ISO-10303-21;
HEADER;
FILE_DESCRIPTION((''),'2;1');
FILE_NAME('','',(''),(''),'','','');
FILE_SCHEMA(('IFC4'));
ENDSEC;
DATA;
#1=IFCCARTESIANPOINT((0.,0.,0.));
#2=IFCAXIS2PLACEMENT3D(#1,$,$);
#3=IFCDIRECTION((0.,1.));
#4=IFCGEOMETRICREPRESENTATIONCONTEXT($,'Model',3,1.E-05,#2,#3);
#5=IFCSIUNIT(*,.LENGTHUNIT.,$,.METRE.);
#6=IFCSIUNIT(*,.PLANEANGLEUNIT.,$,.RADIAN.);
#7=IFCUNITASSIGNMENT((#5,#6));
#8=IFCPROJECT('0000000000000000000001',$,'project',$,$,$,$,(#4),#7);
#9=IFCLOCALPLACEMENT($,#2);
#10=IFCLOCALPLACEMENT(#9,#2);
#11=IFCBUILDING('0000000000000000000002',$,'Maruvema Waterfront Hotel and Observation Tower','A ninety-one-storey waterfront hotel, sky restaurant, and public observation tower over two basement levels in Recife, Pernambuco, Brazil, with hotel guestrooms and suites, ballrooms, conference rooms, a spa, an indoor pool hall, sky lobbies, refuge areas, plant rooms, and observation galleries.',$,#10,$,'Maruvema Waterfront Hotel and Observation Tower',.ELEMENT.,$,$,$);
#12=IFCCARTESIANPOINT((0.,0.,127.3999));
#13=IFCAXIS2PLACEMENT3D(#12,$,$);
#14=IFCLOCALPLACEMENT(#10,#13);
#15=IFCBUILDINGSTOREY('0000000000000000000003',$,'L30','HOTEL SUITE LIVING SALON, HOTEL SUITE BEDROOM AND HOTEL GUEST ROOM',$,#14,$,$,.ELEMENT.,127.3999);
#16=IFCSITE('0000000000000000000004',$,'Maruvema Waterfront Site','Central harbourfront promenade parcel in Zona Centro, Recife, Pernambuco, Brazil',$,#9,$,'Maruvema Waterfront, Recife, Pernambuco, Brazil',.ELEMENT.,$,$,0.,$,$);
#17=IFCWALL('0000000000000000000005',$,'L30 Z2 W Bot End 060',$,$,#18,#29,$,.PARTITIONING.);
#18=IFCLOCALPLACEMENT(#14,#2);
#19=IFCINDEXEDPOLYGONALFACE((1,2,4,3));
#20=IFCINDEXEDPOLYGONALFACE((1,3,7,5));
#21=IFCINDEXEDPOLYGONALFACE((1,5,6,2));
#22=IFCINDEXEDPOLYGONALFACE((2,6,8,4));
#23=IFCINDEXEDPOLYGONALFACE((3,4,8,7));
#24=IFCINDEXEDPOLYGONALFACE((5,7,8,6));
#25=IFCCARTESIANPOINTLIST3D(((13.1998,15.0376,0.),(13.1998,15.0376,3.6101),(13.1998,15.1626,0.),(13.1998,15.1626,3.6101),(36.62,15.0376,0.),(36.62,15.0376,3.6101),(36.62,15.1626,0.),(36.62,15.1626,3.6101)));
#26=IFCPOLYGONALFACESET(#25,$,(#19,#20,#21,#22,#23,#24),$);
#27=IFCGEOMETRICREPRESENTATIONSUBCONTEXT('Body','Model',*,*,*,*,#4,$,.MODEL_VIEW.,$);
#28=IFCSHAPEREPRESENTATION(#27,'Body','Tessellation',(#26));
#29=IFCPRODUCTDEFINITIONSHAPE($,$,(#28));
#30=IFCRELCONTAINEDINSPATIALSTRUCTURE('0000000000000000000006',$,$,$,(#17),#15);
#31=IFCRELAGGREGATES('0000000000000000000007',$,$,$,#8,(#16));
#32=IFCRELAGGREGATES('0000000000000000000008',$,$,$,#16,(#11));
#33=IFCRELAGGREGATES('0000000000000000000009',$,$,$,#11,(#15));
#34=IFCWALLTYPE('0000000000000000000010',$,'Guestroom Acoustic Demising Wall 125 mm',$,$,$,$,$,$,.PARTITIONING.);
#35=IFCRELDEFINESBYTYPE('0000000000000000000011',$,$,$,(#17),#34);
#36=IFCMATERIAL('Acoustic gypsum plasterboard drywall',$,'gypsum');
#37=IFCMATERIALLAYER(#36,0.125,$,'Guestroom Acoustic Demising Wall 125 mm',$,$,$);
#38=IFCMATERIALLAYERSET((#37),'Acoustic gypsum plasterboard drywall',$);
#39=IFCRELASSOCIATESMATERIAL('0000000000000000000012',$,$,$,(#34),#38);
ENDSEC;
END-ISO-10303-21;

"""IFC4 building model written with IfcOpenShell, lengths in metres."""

from ifc_helpers import new_model, si_unit, direction, frame, frame_2d, origin, place, context, subcontext, project, spatial, rectangle, extrude, material, layer, layer_set, type_object, element, save


model = new_model("IFC4")

# Units and contexts
model_context = context("Model", 3, precision=1e-05, world=origin(), true_north=direction((0.0, 1.0)))
body_context = subcontext(model_context, "Body", "Model", "MODEL_VIEW")
ifc_project = project(units=[si_unit("LENGTHUNIT", "METRE"), si_unit("PLANEANGLEUNIT", "RADIAN")], contexts=[model_context])

# Site, building, storey
site_placement = place(None, origin())
site = spatial("IfcSite", under=ifc_project, at=site_placement, Name="Maruvema Waterfront Site", Description="Central harbourfront promenade parcel in Zona Centro, Recife, Pernambuco, Brazil", LongName="Maruvema Waterfront, Recife, Pernambuco, Brazil", CompositionType="ELEMENT", RefElevation=0.0)
building_placement = place(site_placement, origin())
building = spatial("IfcBuilding", under=site, at=building_placement, Name="Maruvema Waterfront Hotel and Observation Tower", Description="A ninety-one-storey waterfront hotel, sky restaurant, and public observation tower over two basement levels in Recife, Pernambuco, Brazil, with hotel guestrooms and suites, ballrooms, conference rooms, a spa, an indoor pool hall, sky lobbies, refuge areas, plant rooms, and observation galleries.", LongName="Maruvema Waterfront Hotel and Observation Tower", CompositionType="ELEMENT")
storey_placement = place(building_placement, frame((0.0, 0.0, 127.3999)))
storey = spatial("IfcBuildingStorey", under=building, at=storey_placement, Name="L30", Description="HOTEL SUITE LIVING SALON, HOTEL SUITE BEDROOM AND HOTEL GUEST ROOM", CompositionType="ELEMENT", Elevation=127.3999)

# Wall
ifc_material_1 = material(Name="Acoustic gypsum plasterboard drywall", Category="gypsum")
ifc_layer_1 = layer(ifc_material_1, 0.125, Name="Guestroom Acoustic Demising Wall 125 mm")
ifc_layer_set_1 = layer_set([ifc_layer_1], Name="Acoustic gypsum plasterboard drywall")
wall_type_1 = type_object("IfcWallType", Name="Guestroom Acoustic Demising Wall 125 mm", PredefinedType="PARTITIONING", material=ifc_layer_set_1)
wall_1_placement = place(storey_placement, frame((13.2, 15.1001, 0.0), z_axis=(0.0, 0.0, 1.0), x_axis=(1.0, 0.0, 0.0)))
element("IfcWall", 1, at=wall_1_placement, inside=storey, type_object=wall_type_1, Name="L30 Z2 W Bot End 060", PredefinedType="PARTITIONING", context=body_context, shape_type="SweptSolid", body=[
    extrude(rectangle(XDim=23.4202, YDim=0.125, at=frame_2d((11.71, 0.0))), origin(), (0.0, 0.0, 1.0), 3.6101),
])

save(model, "model.ifc")
